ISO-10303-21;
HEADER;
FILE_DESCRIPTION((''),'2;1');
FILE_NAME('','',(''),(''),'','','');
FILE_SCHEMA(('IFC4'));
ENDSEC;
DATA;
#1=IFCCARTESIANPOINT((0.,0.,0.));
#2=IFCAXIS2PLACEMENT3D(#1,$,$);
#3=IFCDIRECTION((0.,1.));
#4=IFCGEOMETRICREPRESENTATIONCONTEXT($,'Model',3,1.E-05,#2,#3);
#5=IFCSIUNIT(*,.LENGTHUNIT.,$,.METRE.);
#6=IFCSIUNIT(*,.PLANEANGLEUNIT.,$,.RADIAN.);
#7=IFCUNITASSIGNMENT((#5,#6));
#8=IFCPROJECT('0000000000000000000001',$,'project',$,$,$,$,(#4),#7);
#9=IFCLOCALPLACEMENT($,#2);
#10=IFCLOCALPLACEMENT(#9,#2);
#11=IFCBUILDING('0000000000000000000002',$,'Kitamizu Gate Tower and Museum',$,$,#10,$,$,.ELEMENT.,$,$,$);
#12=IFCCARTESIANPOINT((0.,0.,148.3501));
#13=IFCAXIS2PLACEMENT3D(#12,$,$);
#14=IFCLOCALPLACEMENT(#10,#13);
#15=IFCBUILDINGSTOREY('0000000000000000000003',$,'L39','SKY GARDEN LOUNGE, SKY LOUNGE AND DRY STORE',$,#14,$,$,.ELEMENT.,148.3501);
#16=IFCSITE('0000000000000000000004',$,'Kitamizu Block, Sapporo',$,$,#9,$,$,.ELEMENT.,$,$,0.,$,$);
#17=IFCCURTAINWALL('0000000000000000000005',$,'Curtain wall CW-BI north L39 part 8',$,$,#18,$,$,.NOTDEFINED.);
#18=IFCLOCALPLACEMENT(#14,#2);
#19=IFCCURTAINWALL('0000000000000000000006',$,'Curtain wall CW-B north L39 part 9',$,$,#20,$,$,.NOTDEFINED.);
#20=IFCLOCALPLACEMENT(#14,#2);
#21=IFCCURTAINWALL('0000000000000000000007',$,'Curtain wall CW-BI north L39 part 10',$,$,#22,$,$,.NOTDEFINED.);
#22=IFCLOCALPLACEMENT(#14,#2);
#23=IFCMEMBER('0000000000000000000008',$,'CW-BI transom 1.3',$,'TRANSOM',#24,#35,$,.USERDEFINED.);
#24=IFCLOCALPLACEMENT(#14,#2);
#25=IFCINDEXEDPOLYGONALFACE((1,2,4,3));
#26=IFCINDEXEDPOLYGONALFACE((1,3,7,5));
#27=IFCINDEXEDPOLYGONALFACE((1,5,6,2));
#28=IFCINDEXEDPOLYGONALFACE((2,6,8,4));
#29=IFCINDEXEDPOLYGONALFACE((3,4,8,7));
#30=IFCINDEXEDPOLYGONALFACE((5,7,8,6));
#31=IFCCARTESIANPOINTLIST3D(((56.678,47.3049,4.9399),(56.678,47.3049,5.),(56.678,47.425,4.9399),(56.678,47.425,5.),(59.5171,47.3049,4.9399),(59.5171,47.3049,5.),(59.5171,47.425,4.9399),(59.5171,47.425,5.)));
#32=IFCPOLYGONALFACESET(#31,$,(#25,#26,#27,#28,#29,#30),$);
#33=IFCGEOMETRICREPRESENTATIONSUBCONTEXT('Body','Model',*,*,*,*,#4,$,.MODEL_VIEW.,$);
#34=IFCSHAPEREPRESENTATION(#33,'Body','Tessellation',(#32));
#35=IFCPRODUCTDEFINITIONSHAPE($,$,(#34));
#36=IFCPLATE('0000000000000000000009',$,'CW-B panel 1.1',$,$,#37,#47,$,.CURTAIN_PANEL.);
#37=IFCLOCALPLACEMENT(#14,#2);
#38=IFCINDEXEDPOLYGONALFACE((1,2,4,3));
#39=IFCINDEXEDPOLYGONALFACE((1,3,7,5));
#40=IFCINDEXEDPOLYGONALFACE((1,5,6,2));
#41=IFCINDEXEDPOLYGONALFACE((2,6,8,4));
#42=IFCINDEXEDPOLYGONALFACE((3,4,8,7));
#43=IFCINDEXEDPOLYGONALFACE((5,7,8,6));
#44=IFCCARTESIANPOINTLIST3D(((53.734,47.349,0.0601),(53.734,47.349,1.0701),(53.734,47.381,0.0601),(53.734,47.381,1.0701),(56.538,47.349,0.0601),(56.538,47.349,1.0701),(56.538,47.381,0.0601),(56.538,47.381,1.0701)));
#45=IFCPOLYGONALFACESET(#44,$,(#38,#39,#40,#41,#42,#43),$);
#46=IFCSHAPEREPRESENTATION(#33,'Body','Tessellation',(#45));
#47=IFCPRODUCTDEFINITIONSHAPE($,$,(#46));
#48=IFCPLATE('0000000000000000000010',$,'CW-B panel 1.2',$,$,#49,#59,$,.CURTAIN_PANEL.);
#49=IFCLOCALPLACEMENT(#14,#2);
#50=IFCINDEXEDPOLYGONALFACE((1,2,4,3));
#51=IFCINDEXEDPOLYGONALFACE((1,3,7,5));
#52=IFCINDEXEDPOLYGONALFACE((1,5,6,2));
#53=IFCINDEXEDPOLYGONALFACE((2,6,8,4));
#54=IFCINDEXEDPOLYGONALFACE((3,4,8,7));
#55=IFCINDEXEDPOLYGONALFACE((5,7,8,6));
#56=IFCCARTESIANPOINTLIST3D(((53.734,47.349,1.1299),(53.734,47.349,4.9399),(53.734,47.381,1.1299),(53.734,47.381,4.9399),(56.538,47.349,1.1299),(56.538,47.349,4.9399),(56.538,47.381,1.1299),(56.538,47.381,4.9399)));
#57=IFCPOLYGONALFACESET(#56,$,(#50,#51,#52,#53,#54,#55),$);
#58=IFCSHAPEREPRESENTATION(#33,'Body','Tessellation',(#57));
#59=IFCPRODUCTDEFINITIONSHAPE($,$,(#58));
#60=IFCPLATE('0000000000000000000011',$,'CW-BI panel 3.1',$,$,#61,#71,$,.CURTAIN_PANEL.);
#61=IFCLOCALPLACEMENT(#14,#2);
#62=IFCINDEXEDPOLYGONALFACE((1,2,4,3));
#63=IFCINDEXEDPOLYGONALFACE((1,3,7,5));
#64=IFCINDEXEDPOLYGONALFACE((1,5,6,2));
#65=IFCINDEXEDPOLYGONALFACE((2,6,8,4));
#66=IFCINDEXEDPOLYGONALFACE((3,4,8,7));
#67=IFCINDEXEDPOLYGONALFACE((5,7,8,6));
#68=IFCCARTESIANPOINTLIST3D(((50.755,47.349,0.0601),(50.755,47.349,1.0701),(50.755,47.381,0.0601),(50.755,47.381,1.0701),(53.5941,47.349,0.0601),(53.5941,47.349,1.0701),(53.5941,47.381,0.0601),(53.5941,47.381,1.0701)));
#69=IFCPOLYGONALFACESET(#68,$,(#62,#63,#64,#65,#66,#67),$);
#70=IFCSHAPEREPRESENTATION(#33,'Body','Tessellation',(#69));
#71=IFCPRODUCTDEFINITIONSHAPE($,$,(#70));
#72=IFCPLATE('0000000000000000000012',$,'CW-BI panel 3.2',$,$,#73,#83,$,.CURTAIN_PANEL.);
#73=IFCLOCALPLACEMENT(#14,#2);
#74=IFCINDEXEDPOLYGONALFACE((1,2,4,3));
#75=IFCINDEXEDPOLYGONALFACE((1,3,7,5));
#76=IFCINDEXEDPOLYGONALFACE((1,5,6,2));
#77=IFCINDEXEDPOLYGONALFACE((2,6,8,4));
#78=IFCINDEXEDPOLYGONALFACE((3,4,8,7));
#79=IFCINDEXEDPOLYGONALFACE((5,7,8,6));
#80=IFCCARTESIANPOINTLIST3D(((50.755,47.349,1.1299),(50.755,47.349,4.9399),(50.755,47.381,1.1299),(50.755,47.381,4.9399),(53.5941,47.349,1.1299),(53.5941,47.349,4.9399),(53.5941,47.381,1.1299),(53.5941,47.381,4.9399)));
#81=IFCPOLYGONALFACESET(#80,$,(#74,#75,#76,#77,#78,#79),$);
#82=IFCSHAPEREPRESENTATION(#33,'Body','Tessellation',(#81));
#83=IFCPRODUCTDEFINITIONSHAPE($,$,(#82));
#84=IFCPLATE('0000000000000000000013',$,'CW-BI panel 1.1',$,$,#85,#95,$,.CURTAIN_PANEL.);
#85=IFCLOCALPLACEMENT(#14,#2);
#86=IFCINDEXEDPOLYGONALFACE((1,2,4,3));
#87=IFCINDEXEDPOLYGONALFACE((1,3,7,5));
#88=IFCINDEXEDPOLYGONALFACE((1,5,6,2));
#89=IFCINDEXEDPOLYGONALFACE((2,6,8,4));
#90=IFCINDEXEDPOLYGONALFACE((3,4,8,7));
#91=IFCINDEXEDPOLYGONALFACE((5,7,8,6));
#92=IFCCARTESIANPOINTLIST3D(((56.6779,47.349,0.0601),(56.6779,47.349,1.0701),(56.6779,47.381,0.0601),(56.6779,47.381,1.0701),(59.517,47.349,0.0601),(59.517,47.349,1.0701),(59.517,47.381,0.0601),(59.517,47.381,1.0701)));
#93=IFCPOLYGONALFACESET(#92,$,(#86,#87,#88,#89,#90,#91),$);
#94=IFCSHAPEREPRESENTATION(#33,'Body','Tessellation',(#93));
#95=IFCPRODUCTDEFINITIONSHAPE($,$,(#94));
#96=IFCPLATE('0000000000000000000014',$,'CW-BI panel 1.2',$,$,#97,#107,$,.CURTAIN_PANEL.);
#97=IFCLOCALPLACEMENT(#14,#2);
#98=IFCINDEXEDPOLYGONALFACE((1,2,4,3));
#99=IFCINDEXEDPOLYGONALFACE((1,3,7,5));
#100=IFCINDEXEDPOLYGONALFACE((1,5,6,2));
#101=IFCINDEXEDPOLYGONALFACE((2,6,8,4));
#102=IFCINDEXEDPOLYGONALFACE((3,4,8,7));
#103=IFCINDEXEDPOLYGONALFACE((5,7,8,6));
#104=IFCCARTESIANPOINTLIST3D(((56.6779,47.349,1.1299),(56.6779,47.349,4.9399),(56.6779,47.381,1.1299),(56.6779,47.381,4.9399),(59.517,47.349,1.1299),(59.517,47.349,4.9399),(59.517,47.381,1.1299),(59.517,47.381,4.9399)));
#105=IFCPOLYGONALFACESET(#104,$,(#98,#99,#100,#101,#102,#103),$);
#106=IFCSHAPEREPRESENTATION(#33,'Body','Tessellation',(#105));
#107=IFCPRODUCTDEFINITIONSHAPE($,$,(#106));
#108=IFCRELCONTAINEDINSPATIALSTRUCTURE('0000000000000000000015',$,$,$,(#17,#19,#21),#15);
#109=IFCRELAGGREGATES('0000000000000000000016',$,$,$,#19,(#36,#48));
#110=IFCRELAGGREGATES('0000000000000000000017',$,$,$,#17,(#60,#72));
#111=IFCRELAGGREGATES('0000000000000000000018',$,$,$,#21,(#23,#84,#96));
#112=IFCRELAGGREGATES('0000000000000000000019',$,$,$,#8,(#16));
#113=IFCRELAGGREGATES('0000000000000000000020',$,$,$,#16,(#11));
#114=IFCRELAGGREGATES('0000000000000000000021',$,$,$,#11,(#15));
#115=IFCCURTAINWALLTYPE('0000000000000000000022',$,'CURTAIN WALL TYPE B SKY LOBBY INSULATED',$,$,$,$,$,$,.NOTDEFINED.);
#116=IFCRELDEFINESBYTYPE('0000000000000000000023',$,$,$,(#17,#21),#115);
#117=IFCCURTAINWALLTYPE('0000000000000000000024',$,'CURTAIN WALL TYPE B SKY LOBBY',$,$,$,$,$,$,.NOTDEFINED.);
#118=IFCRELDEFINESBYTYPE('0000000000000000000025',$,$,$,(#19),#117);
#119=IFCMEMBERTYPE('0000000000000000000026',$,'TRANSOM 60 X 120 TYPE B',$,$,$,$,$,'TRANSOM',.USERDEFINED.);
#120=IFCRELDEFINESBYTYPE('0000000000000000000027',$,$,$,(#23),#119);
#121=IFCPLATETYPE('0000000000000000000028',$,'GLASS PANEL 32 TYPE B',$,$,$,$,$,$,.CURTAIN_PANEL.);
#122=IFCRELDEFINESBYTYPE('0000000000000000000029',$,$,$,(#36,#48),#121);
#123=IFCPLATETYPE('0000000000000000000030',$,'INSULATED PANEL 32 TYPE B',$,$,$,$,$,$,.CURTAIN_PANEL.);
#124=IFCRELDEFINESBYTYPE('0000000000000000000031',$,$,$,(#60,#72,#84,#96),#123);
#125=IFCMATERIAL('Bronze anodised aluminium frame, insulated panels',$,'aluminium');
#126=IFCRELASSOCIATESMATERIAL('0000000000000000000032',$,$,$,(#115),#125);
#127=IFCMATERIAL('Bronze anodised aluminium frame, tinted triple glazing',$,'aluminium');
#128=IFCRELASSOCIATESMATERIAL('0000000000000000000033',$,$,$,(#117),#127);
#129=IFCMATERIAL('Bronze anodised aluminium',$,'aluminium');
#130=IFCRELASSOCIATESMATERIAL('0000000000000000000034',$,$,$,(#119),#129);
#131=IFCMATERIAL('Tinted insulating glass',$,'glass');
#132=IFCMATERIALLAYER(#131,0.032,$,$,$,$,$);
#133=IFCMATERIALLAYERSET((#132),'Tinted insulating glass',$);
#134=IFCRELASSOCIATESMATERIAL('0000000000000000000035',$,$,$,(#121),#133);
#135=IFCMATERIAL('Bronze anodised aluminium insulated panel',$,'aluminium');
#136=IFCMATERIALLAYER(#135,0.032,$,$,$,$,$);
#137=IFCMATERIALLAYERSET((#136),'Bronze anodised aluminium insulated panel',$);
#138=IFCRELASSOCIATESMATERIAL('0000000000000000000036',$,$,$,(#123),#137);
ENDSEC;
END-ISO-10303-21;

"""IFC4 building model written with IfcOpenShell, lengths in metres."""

from ifc_helpers import new_model, si_unit, direction, frame, origin, origin_2d, place, context, subcontext, project, spatial, rectangle, extrude, material, layer, layer_set, material_profile, profile_set, type_object, element, aggregate, save


model = new_model("IFC4")

# Units and contexts
model_context = context("Model", 3, precision=1e-05, world=origin(), true_north=direction((0.0, 1.0)))
body_context = subcontext(model_context, "Body", "Model", "MODEL_VIEW")
ifc_project = project(units=[si_unit("LENGTHUNIT", "METRE"), si_unit("PLANEANGLEUNIT", "RADIAN")], contexts=[model_context])

# Site, building, storey
site_placement = place(None, origin())
site = spatial("IfcSite", under=ifc_project, at=site_placement, Name="Kitamizu Block, Sapporo", CompositionType="ELEMENT", RefElevation=0.0)
building_placement = place(site_placement, origin())
building = spatial("IfcBuilding", under=site, at=building_placement, Name="Kitamizu Gate Tower and Museum", CompositionType="ELEMENT")
storey_placement = place(building_placement, frame((0.0, 0.0, 148.3501)))
storey = spatial("IfcBuildingStorey", under=building, at=storey_placement, Name="L39", Description="SKY GARDEN LOUNGE, SKY LOUNGE AND DRY STORE", CompositionType="ELEMENT", Elevation=148.3501)

# Curtain wall
ifc_material_1 = material(Name="Bronze anodised aluminium frame, insulated panels", Category="aluminium")
curtain_wall_type_1 = type_object("IfcCurtainWallType", Name="CURTAIN WALL TYPE B SKY LOBBY INSULATED", PredefinedType="NOTDEFINED", material=ifc_material_1)
curtain_wall_1_placement = place(storey_placement, origin())
curtain_wall_1 = element("IfcCurtainWall", 1, at=curtain_wall_1_placement, inside=storey, type_object=curtain_wall_type_1, Name="Curtain wall CW-BI north L39 part 8", PredefinedType="NOTDEFINED")

# Curtain wall
ifc_material_2 = material(Name="Bronze anodised aluminium frame, tinted triple glazing", Category="aluminium")
curtain_wall_type_2 = type_object("IfcCurtainWallType", Name="CURTAIN WALL TYPE B SKY LOBBY", PredefinedType="NOTDEFINED", material=ifc_material_2)
curtain_wall_2_placement = place(storey_placement, origin())
curtain_wall_2 = element("IfcCurtainWall", 2, at=curtain_wall_2_placement, inside=storey, type_object=curtain_wall_type_2, Name="Curtain wall CW-B north L39 part 9", PredefinedType="NOTDEFINED")

# Curtain wall
curtain_wall_3_placement = place(storey_placement, origin())
curtain_wall_3 = element("IfcCurtainWall", 3, at=curtain_wall_3_placement, inside=storey, type_object=curtain_wall_type_1, Name="Curtain wall CW-BI north L39 part 10", PredefinedType="NOTDEFINED")

# Member
ifc_material_3 = material(Name="Bronze anodised aluminium", Category="aluminium")
ifc_material_profile_1 = material_profile(ifc_material_3, rectangle(XDim=0.1201, YDim=0.0601, at=origin_2d()), Name="AL 60X120")
ifc_profile_set_1 = profile_set([ifc_material_profile_1], Name="Bronze anodised aluminium")
member_type_1 = type_object("IfcMemberType", Name="TRANSOM 60 X 120 TYPE B", ElementType="TRANSOM", PredefinedType="USERDEFINED", material=ifc_profile_set_1)
member_1_placement = place(storey_placement, frame((56.678, 47.365, 4.97), z_axis=(1.0, 0.0, 0.0), x_axis=(0.0, 1.0, 0.0)))
member_1 = element("IfcMember", 4, at=member_1_placement, type_object=member_type_1, Name="CW-BI transom 1.3", ObjectType="TRANSOM", PredefinedType="USERDEFINED", context=body_context, shape_type="SweptSolid", body=[
    extrude(rectangle(XDim=0.1201, YDim=0.0601, at=origin_2d()), origin(), (0.0, 0.0, 1.0), 2.8391),
])

# Plates
ifc_material_4 = material(Name="Tinted insulating glass", Category="glass")
ifc_layer_1 = layer(ifc_material_4, 0.032)
ifc_layer_set_1 = layer_set([ifc_layer_1], Name="Tinted insulating glass")
plate_type_1 = type_object("IfcPlateType", Name="GLASS PANEL 32 TYPE B", PredefinedType="CURTAIN_PANEL", material=ifc_layer_set_1)
plate_1_placement = place(storey_placement, frame((55.136, 47.365, 0.0601), z_axis=(0.0, 0.0, 1.0), x_axis=(1.0, 0.0, 0.0)))
plate_1 = element("IfcPlate", 5, at=plate_1_placement, type_object=plate_type_1, Name="CW-B panel 1.1", PredefinedType="CURTAIN_PANEL", context=body_context, shape_type="SweptSolid", body=[
    extrude(rectangle(XDim=2.804, YDim=0.032, at=origin_2d()), origin(), (0.0, 0.0, 1.0), 1.01),
])
plate_2_placement = place(storey_placement, frame((55.136, 47.365, 1.1299), z_axis=(0.0, 0.0, 1.0), x_axis=(1.0, 0.0, 0.0)))
plate_2 = element("IfcPlate", 6, at=plate_2_placement, type_object=plate_type_1, Name="CW-B panel 1.2", PredefinedType="CURTAIN_PANEL", context=body_context, shape_type="SweptSolid", body=[
    extrude(rectangle(XDim=2.804, YDim=0.032, at=origin_2d()), origin(), (0.0, 0.0, 1.0), 3.8101),
])
aggregate(curtain_wall_2, [plate_1, plate_2])
ifc_material_5 = material(Name="Bronze anodised aluminium insulated panel", Category="aluminium")
ifc_layer_2 = layer(ifc_material_5, 0.032)
ifc_layer_set_2 = layer_set([ifc_layer_2], Name="Bronze anodised aluminium insulated panel")
plate_type_2 = type_object("IfcPlateType", Name="INSULATED PANEL 32 TYPE B", PredefinedType="CURTAIN_PANEL", material=ifc_layer_set_2)
plate_3_placement = place(storey_placement, frame((52.1746, 47.365, 0.0601), z_axis=(0.0, 0.0, 1.0), x_axis=(1.0, 0.0, 0.0)))
plate_3 = element("IfcPlate", 7, at=plate_3_placement, type_object=plate_type_2, Name="CW-BI panel 3.1", PredefinedType="CURTAIN_PANEL", context=body_context, shape_type="SweptSolid", body=[
    extrude(rectangle(XDim=2.8391, YDim=0.032, at=origin_2d()), origin(), (0.0, 0.0, 1.0), 1.01),
])
plate_4_placement = place(storey_placement, frame((52.1746, 47.365, 1.1299), z_axis=(0.0, 0.0, 1.0), x_axis=(1.0, 0.0, 0.0)))
plate_4 = element("IfcPlate", 8, at=plate_4_placement, type_object=plate_type_2, Name="CW-BI panel 3.2", PredefinedType="CURTAIN_PANEL", context=body_context, shape_type="SweptSolid", body=[
    extrude(rectangle(XDim=2.8391, YDim=0.032, at=origin_2d()), origin(), (0.0, 0.0, 1.0), 3.8101),
])
aggregate(curtain_wall_1, [plate_3, plate_4])
plate_5_placement = place(storey_placement, frame((58.0974, 47.365, 0.0601), z_axis=(0.0, 0.0, 1.0), x_axis=(1.0, 0.0, 0.0)))
plate_5 = element("IfcPlate", 9, at=plate_5_placement, type_object=plate_type_2, Name="CW-BI panel 1.1", PredefinedType="CURTAIN_PANEL", context=body_context, shape_type="SweptSolid", body=[
    extrude(rectangle(XDim=2.8391, YDim=0.032, at=origin_2d()), origin(), (0.0, 0.0, 1.0), 1.01),
])
plate_6_placement = place(storey_placement, frame((58.0974, 47.365, 1.1299), z_axis=(0.0, 0.0, 1.0), x_axis=(1.0, 0.0, 0.0)))
plate_6 = element("IfcPlate", 10, at=plate_6_placement, type_object=plate_type_2, Name="CW-BI panel 1.2", PredefinedType="CURTAIN_PANEL", context=body_context, shape_type="SweptSolid", body=[
    extrude(rectangle(XDim=2.8391, YDim=0.032, at=origin_2d()), origin(), (0.0, 0.0, 1.0), 3.8101),
])
aggregate(curtain_wall_3, [member_1, plate_5, plate_6])

save(model, "model.ifc")
